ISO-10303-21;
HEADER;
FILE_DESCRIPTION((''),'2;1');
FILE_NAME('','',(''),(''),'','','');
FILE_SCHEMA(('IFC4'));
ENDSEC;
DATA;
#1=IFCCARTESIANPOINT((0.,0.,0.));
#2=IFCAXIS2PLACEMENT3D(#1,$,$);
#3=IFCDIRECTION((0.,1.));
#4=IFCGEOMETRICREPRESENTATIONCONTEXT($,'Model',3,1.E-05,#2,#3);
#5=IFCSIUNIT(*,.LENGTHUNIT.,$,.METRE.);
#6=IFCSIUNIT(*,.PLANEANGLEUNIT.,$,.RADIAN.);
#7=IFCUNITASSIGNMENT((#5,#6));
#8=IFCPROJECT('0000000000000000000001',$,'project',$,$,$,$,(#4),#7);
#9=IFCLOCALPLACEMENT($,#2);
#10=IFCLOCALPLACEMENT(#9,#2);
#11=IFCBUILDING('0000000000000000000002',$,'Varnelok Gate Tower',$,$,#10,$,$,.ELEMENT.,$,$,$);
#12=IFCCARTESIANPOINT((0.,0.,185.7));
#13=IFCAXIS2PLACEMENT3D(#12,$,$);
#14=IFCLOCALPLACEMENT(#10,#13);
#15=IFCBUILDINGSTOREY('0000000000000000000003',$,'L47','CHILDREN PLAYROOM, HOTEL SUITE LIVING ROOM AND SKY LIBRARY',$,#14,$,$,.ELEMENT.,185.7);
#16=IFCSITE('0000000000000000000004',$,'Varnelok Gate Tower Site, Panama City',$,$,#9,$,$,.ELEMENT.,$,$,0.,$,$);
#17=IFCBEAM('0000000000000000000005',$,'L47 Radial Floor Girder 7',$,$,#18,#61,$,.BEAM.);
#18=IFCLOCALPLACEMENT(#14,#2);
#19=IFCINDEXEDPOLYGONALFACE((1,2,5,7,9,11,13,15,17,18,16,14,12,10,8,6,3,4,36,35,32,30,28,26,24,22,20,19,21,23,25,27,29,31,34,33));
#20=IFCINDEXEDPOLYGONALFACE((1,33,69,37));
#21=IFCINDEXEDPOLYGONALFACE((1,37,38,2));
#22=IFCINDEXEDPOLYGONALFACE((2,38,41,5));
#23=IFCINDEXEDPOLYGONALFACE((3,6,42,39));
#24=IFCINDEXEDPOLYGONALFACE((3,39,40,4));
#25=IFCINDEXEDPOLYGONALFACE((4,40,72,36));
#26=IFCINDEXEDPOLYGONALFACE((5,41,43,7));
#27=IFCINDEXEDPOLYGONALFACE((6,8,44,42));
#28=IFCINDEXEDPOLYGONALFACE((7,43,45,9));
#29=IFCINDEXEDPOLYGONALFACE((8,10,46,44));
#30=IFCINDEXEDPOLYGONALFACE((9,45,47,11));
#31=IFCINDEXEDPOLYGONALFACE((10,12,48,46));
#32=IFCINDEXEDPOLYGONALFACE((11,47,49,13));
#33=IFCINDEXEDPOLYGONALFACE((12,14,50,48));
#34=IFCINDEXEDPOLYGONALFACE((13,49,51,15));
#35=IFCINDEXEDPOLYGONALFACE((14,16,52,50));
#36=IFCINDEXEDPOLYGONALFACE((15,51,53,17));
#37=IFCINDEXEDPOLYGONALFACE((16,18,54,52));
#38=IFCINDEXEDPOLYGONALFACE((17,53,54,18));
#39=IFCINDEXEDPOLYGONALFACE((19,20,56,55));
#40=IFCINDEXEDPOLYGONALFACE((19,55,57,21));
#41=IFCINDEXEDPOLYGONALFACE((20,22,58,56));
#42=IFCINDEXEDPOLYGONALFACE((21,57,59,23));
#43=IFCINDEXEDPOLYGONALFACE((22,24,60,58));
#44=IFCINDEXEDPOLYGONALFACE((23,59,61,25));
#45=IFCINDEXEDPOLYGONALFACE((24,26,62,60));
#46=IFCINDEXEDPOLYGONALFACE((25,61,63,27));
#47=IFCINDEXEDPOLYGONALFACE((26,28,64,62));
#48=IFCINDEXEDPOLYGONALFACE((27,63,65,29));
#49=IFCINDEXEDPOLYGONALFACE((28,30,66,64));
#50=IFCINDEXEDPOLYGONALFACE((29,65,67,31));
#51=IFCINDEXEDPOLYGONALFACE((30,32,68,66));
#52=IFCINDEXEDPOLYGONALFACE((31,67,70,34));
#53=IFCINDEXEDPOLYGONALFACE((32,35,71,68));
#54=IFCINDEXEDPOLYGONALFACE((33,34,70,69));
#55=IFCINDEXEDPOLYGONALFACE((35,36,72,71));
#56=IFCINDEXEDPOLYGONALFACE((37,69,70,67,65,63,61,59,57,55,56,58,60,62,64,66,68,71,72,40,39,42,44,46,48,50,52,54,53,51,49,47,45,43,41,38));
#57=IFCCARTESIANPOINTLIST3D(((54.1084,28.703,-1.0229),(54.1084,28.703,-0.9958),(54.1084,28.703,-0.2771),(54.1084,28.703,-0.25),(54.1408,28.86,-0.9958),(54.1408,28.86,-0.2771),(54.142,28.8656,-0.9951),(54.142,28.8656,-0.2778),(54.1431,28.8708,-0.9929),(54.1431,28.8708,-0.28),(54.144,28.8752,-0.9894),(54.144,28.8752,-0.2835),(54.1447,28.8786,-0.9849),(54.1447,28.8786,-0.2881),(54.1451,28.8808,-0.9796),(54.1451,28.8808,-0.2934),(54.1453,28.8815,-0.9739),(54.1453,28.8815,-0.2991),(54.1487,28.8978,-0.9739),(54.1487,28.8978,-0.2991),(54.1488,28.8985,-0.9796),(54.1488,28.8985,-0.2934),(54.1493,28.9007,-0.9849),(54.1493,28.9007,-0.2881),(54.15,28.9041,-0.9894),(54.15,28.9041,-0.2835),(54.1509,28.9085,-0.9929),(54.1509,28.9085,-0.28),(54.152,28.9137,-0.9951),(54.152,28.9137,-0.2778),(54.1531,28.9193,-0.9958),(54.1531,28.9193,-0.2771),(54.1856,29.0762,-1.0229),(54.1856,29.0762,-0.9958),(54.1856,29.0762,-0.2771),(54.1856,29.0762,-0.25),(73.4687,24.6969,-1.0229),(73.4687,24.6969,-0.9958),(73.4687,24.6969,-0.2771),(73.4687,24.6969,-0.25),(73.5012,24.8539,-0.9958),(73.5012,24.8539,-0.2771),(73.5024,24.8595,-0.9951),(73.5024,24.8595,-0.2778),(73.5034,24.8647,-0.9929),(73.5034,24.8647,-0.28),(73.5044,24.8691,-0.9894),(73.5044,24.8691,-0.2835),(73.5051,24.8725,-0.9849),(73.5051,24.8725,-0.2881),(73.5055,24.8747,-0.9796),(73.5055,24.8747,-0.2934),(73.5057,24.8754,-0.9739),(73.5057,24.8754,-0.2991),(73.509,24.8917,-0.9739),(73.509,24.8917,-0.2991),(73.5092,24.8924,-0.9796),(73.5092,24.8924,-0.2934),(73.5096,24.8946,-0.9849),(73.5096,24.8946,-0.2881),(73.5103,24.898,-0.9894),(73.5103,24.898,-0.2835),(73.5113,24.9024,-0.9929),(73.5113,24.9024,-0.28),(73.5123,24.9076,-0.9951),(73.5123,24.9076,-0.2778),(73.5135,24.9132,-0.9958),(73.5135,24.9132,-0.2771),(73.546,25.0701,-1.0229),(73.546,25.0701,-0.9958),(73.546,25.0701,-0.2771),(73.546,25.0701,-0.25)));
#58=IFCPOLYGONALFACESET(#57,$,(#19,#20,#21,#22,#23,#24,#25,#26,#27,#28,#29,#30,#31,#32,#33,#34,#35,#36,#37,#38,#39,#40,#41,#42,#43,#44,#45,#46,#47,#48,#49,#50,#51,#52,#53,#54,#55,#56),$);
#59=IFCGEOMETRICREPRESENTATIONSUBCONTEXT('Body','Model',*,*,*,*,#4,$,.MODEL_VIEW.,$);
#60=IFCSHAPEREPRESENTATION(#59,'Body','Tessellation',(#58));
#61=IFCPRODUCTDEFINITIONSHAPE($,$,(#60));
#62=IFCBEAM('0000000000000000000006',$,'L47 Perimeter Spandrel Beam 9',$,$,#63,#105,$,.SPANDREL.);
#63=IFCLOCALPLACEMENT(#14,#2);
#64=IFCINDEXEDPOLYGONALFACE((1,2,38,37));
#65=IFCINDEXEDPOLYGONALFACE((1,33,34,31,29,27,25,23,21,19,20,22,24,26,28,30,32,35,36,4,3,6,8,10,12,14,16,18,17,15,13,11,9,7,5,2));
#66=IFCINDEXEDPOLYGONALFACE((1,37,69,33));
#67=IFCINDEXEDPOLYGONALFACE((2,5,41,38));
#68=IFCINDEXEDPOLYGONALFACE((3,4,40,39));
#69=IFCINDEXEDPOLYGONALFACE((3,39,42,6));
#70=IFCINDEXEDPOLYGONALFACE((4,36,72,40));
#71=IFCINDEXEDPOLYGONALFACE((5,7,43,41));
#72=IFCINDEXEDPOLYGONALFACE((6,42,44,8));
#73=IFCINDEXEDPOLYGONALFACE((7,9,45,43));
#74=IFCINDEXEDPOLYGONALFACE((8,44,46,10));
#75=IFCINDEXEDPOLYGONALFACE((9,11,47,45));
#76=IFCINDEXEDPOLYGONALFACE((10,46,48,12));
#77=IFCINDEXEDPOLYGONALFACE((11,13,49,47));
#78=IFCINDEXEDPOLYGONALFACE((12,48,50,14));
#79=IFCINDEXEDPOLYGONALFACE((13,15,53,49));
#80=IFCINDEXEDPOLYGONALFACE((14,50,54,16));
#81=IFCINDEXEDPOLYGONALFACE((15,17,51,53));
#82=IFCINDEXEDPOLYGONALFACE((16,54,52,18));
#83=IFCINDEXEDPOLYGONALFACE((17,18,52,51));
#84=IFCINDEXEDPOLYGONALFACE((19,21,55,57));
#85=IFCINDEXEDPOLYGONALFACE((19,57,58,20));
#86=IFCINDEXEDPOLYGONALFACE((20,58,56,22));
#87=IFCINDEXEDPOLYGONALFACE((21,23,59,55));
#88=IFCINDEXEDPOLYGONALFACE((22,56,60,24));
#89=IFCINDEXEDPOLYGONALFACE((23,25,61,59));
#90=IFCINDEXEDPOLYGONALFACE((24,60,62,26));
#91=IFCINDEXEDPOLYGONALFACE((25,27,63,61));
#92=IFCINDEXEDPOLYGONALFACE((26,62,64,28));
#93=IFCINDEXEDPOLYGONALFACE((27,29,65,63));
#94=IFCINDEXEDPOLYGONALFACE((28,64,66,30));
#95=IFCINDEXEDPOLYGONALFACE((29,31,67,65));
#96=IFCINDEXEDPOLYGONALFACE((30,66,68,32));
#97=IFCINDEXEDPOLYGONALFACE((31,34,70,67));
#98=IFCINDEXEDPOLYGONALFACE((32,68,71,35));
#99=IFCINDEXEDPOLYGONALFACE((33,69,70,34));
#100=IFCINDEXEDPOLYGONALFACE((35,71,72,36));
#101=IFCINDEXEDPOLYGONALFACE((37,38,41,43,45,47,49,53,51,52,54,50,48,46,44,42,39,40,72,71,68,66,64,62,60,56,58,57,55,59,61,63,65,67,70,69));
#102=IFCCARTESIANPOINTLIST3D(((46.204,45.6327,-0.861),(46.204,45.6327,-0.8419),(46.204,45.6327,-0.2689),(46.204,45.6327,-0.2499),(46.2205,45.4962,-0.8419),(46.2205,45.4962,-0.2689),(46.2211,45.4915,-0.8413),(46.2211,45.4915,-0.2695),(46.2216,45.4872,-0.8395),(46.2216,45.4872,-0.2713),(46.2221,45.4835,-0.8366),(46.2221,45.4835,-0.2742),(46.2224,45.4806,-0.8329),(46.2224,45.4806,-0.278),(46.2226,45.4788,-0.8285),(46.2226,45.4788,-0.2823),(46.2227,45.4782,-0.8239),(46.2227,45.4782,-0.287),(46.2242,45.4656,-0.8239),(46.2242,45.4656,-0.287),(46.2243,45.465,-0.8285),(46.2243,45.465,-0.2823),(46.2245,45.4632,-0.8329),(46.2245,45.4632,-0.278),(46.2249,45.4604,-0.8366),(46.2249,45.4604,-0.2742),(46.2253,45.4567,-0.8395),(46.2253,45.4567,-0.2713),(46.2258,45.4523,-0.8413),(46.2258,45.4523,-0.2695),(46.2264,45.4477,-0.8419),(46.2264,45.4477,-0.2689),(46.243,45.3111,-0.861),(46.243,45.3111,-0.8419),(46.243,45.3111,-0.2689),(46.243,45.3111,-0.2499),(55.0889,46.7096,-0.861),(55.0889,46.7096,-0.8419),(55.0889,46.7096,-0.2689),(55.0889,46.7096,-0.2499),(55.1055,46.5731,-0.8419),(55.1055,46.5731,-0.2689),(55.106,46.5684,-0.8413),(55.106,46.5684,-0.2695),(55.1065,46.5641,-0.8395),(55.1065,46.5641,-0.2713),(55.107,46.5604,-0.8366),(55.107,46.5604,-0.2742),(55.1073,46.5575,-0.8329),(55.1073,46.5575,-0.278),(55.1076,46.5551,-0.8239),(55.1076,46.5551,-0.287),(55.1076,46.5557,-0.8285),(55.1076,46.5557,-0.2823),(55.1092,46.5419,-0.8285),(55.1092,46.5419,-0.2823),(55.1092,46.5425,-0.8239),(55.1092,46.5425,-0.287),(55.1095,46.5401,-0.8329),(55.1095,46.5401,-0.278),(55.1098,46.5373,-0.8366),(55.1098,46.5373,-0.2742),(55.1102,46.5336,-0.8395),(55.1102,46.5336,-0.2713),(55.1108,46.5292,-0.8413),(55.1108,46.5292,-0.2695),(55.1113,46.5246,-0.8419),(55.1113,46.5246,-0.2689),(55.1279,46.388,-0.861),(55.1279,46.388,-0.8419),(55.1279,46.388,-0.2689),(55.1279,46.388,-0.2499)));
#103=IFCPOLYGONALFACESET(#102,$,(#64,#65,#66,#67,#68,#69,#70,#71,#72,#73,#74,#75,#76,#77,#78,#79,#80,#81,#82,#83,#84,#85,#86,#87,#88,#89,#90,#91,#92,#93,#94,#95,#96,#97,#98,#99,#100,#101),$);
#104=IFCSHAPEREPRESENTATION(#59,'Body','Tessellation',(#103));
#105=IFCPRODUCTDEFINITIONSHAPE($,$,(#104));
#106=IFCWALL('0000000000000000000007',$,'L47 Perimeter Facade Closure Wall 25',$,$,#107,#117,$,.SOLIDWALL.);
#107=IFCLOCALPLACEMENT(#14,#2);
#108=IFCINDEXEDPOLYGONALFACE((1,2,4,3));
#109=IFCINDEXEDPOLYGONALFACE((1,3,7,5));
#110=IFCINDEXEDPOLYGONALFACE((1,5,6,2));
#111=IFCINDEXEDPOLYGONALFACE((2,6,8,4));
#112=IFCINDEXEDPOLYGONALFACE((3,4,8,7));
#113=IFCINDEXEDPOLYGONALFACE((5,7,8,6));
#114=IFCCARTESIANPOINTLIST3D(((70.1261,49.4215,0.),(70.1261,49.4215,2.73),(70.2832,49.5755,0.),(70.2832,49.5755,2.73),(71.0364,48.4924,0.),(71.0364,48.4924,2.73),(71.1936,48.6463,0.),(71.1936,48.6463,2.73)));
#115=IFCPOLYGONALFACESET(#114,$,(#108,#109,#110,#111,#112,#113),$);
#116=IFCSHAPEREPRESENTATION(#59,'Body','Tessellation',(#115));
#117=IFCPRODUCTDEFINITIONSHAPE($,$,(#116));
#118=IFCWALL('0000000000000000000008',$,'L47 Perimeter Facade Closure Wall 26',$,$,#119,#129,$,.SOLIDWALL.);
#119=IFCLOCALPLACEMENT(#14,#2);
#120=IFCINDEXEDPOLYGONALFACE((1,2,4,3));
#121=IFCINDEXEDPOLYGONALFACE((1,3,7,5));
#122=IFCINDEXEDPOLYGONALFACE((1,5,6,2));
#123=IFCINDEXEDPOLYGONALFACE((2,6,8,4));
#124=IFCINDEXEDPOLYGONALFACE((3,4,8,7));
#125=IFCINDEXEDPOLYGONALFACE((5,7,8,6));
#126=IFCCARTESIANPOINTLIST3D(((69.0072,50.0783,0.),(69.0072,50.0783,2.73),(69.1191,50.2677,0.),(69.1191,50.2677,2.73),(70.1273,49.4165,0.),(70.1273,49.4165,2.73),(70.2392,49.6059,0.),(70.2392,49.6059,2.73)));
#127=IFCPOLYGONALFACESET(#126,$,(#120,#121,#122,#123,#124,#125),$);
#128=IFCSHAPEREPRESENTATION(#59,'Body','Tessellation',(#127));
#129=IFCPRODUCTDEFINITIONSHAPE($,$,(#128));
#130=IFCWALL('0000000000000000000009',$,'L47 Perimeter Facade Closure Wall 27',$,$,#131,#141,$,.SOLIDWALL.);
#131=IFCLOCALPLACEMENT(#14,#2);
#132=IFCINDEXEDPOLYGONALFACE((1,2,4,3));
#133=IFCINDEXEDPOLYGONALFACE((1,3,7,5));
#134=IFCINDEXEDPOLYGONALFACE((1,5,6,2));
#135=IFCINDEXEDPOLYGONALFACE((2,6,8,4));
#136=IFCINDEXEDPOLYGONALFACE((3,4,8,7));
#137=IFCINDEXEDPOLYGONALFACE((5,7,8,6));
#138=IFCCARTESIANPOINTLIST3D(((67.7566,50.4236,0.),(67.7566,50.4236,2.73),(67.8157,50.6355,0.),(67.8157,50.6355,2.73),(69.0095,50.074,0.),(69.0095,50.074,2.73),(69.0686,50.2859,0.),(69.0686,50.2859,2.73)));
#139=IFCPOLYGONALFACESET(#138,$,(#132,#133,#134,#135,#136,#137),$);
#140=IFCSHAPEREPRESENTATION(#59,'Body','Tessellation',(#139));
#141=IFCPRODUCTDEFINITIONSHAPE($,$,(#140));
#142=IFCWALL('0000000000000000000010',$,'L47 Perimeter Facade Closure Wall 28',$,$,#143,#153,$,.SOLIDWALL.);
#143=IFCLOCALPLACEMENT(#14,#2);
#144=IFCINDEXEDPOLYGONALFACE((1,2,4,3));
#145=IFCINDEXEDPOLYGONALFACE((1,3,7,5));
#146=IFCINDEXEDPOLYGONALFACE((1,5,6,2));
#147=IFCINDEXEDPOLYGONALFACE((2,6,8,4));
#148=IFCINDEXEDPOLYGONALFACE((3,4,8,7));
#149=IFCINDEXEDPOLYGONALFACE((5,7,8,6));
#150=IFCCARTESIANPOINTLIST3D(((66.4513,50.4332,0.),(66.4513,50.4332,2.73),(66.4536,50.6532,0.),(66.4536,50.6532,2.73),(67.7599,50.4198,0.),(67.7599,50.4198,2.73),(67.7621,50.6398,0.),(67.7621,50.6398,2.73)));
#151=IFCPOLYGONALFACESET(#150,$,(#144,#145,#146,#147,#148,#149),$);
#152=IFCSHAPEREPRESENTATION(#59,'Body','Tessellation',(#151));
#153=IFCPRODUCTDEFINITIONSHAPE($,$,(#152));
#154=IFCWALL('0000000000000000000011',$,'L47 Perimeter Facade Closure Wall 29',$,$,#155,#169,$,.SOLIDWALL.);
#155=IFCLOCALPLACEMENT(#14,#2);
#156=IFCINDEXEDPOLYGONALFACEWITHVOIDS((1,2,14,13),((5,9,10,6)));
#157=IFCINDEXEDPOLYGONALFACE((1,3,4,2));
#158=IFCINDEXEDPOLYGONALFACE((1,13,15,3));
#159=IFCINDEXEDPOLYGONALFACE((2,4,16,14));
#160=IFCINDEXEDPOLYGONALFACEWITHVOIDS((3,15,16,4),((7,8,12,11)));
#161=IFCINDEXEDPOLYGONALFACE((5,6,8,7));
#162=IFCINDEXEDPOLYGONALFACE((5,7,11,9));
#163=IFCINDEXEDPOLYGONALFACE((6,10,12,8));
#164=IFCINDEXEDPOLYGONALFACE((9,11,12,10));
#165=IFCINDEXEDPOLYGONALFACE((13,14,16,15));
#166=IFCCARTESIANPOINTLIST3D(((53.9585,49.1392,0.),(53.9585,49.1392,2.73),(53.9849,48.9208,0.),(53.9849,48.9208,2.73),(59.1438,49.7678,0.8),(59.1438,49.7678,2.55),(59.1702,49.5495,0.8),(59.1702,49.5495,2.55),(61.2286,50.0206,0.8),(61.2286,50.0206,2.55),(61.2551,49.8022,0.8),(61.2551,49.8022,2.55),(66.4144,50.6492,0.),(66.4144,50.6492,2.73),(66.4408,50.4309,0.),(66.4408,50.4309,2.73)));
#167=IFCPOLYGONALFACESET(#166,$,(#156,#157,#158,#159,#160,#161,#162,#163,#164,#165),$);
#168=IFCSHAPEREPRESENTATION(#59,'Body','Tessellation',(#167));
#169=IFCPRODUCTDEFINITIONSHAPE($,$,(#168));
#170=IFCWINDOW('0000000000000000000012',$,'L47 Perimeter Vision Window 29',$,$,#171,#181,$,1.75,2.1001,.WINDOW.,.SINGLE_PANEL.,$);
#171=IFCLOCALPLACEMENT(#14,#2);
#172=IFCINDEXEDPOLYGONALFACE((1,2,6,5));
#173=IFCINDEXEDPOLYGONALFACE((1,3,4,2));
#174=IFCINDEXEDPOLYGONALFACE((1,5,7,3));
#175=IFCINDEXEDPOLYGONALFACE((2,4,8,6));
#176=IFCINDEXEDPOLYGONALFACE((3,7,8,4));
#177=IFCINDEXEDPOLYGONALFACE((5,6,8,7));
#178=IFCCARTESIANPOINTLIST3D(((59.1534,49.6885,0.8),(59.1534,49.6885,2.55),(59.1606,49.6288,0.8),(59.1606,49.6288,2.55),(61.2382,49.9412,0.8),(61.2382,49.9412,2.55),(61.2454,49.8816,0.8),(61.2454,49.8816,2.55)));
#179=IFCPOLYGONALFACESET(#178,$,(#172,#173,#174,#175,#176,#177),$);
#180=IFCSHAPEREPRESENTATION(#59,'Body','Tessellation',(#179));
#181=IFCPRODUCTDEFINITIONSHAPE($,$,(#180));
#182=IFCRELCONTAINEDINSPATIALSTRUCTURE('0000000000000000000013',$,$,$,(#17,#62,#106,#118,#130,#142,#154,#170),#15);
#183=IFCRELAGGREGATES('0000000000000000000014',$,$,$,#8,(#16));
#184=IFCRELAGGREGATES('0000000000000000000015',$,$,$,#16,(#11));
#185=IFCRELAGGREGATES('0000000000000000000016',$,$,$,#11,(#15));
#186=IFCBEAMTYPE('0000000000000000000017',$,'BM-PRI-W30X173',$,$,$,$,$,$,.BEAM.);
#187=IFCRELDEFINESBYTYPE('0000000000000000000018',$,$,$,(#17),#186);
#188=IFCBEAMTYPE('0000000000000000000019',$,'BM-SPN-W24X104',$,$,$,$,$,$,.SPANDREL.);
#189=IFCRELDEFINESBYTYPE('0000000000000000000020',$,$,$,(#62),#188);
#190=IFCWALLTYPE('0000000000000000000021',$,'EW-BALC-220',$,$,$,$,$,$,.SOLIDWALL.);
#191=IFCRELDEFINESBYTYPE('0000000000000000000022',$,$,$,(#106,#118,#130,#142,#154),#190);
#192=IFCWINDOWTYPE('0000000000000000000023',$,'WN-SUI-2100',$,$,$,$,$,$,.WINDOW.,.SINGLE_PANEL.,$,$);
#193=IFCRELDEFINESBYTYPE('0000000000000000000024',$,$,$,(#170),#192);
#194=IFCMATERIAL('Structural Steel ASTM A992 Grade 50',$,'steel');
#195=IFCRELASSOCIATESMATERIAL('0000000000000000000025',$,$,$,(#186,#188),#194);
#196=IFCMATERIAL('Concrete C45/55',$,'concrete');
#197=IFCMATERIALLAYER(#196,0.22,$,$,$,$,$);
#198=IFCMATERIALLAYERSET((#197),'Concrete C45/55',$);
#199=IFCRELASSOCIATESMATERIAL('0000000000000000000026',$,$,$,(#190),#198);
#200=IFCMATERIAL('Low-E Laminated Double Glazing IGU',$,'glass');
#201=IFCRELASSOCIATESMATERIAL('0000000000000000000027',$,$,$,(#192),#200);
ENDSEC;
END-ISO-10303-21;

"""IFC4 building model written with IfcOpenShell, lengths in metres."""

from ifc_helpers import new_model, si_unit, direction, frame, frame_2d, origin, origin_2d, place, context, subcontext, project, spatial, rectangle, i_section, extrude, material, layer, layer_set, material_profile, profile_set, type_object, element, fill, save


model = new_model("IFC4")

# Units and contexts
model_context = context("Model", 3, precision=1e-05, world=origin(), true_north=direction((0.0, 1.0)))
body_context = subcontext(model_context, "Body", "Model", "MODEL_VIEW")
ifc_project = project(units=[si_unit("LENGTHUNIT", "METRE"), si_unit("PLANEANGLEUNIT", "RADIAN")], contexts=[model_context])

# Site, building, storey
site_placement = place(None, origin())
site = spatial("IfcSite", under=ifc_project, at=site_placement, Name="Varnelok Gate Tower Site, Panama City", CompositionType="ELEMENT", RefElevation=0.0)
building_placement = place(site_placement, origin())
building = spatial("IfcBuilding", under=site, at=building_placement, Name="Varnelok Gate Tower", CompositionType="ELEMENT")
storey_placement = place(building_placement, frame((0.0, 0.0, 185.7)))
storey = spatial("IfcBuildingStorey", under=building, at=storey_placement, Name="L47", Description="CHILDREN PLAYROOM, HOTEL SUITE LIVING ROOM AND SKY LIBRARY", CompositionType="ELEMENT", Elevation=185.7)

# Shared definitions
ifc_material_1 = material(Name="Structural Steel ASTM A992 Grade 50", Category="steel")

# Beams
ifc_material_profile_1 = material_profile(ifc_material_1, i_section(OverallWidth=0.3811, OverallDepth=0.7729, WebThickness=0.0166, FlangeThickness=0.0271, FilletRadius=0.022, at=origin_2d()), Name="W30X173")
ifc_profile_set_1 = profile_set([ifc_material_profile_1], Name="Structural Steel ASTM A992 Grade 50")
beam_type_1 = type_object("IfcBeamType", Name="BM-PRI-W30X173", PredefinedType="BEAM", material=ifc_profile_set_1)
beam_1_placement = place(storey_placement, frame((54.147, 28.8896, -0.6365), z_axis=(0.979255, -0.202631, 0.0), x_axis=(0.202631, 0.979255, 0.0)))
element("IfcBeam", 1, at=beam_1_placement, inside=storey, type_object=beam_type_1, Name="L47 Radial Floor Girder 7", PredefinedType="BEAM", context=body_context, shape_type="SweptSolid", body=[
    extrude(i_section(OverallWidth=0.3811, OverallDepth=0.7729, WebThickness=0.0166, FlangeThickness=0.0271, FilletRadius=0.022, at=origin_2d()), origin(), (0.0, 0.0, 1.0), 19.7705),
])
ifc_material_profile_2 = material_profile(ifc_material_1, i_section(OverallWidth=0.324, OverallDepth=0.6111, WebThickness=0.0127, FlangeThickness=0.019, FilletRadius=0.0181, at=origin_2d()), Name="W24X104")
ifc_profile_set_2 = profile_set([ifc_material_profile_2], Name="Structural Steel ASTM A992 Grade 50")
beam_type_2 = type_object("IfcBeamType", Name="BM-SPN-W24X104", PredefinedType="SPANDREL", material=ifc_profile_set_2)
beam_2_placement = place(storey_placement, frame((55.1084, 46.5488, -0.5554), z_axis=(-0.992735, -0.120324, 0.0), x_axis=(0.120324, -0.992735, 0.0)))
element("IfcBeam", 2, at=beam_2_placement, inside=storey, type_object=beam_type_2, Name="L47 Perimeter Spandrel Beam 9", PredefinedType="SPANDREL", context=body_context, shape_type="SweptSolid", body=[
    extrude(i_section(OverallWidth=0.324, OverallDepth=0.6111, WebThickness=0.0127, FlangeThickness=0.019, FilletRadius=0.0181, at=origin_2d()), origin(), (0.0, 0.0, 1.0), 8.95),
])

# Walls
ifc_material_2 = material(Name="Concrete C45/55", Category="concrete")
ifc_layer_1 = layer(ifc_material_2, 0.22)
ifc_layer_set_1 = layer_set([ifc_layer_1], Name="Concrete C45/55")
wall_type_1 = type_object("IfcWallType", Name="EW-BALC-220", PredefinedType="SOLIDWALL", material=ifc_layer_set_1)
wall_1_placement = place(storey_placement, frame((71.115, 48.5693, 0.0), z_axis=(0.0, 0.0, 1.0), x_axis=(-0.699844, 0.714295, 0.0)))
element("IfcWall", 3, at=wall_1_placement, inside=storey, type_object=wall_type_1, Name="L47 Perimeter Facade Closure Wall 25", PredefinedType="SOLIDWALL", context=body_context, shape_type="SweptSolid", body=[
    extrude(rectangle(XDim=1.3008, YDim=0.22, at=frame_2d((0.6504, 0.0))), origin(), (0.0, 0.0, 1.0), 2.73),
])
wall_2_placement = place(storey_placement, frame((70.1831, 49.5112, 0.0), z_axis=(0.0, 0.0, 1.0), x_axis=(-0.860934, 0.508717, 0.0)))
element("IfcWall", 4, at=wall_2_placement, inside=storey, type_object=wall_type_1, Name="L47 Perimeter Facade Closure Wall 26", PredefinedType="SOLIDWALL", context=body_context, shape_type="SweptSolid", body=[
    extrude(rectangle(XDim=1.301, YDim=0.22, at=frame_2d((0.6504, 0.0))), origin(), (0.0, 0.0, 1.0), 2.73),
])
wall_3_placement = place(storey_placement, frame((69.0391, 50.1799, 0.0), z_axis=(0.0, 0.0, 1.0), x_axis=(-0.963205, 0.268767, 0.0)))
element("IfcWall", 5, at=wall_3_placement, inside=storey, type_object=wall_type_1, Name="L47 Perimeter Facade Closure Wall 27", PredefinedType="SOLIDWALL", context=body_context, shape_type="SweptSolid", body=[
    extrude(rectangle(XDim=1.3008, YDim=0.22, at=frame_2d((0.6504, 0.0))), origin(), (0.0, 0.0, 1.0), 2.73),
])
wall_4_placement = place(storey_placement, frame((67.761, 50.5298, 0.0), z_axis=(0.0, 0.0, 1.0), x_axis=(-0.999947, 0.010261, 0.0)))
element("IfcWall", 6, at=wall_4_placement, inside=storey, type_object=wall_type_1, Name="L47 Perimeter Facade Closure Wall 28", PredefinedType="SOLIDWALL", context=body_context, shape_type="SweptSolid", body=[
    extrude(rectangle(XDim=1.3086, YDim=0.22, at=frame_2d((0.6543, 0.0))), origin(), (0.0, 0.0, 1.0), 2.73),
])

# Wall, opening, window
wall_5_placement = place(storey_placement, frame((66.4275, 50.54, 0.0), z_axis=(0.0, 0.0, 1.0), x_axis=(-0.992732, -0.120348, 0.0)))
wall_5 = element("IfcWall", 7, at=wall_5_placement, inside=storey, type_object=wall_type_1, Name="L47 Perimeter Facade Closure Wall 29", PredefinedType="SOLIDWALL", context=body_context, shape_type="SweptSolid", body=[
    extrude(rectangle(XDim=12.5471, YDim=0.22, at=frame_2d((6.2734, 0.0))), origin(), (0.0, 0.0, 1.0), 2.73),
])
opening_1_placement = place(wall_5_placement, frame((5.2236, 0.0, 0.8)))
opening_1 = element("IfcOpeningElement", 8, at=opening_1_placement, cuts=wall_5, PredefinedType="OPENING", context=body_context, shape_type="SweptSolid", body=[
    extrude(rectangle(XDim=2.1001, YDim=1.75, at=frame_2d((1.05, 0.875))), frame((0.0, 0.1199, 0.0), z_axis=(0.0, -1.0, 0.0), x_axis=(1.0, 0.0, 0.0)), (0.0, 0.0, 1.0), 0.24),
])
ifc_material_3 = material(Name="Low-E Laminated Double Glazing IGU", Category="glass")
window_type = type_object("IfcWindowType", Name="WN-SUI-2100", PartitioningType="SINGLE_PANEL", PredefinedType="WINDOW", material=ifc_material_3)
window_placement = place(opening_1_placement, origin())
window = element("IfcWindow", 9, at=window_placement, inside=storey, type_object=window_type, Name="L47 Perimeter Vision Window 29", OverallHeight=1.75, OverallWidth=2.1001, PartitioningType="SINGLE_PANEL", PredefinedType="WINDOW", context=body_context, shape_type="SweptSolid", body=[
    extrude(rectangle(XDim=2.1001, YDim=1.75, at=frame_2d((1.05, 0.875))), frame((0.0, 0.03, 0.0), z_axis=(0.0, -1.0, 0.0), x_axis=(1.0, 0.0, 0.0)), (0.0, 0.0, 1.0), 0.0601),
])
fill(opening_1, window)

save(model, "model.ifc")
